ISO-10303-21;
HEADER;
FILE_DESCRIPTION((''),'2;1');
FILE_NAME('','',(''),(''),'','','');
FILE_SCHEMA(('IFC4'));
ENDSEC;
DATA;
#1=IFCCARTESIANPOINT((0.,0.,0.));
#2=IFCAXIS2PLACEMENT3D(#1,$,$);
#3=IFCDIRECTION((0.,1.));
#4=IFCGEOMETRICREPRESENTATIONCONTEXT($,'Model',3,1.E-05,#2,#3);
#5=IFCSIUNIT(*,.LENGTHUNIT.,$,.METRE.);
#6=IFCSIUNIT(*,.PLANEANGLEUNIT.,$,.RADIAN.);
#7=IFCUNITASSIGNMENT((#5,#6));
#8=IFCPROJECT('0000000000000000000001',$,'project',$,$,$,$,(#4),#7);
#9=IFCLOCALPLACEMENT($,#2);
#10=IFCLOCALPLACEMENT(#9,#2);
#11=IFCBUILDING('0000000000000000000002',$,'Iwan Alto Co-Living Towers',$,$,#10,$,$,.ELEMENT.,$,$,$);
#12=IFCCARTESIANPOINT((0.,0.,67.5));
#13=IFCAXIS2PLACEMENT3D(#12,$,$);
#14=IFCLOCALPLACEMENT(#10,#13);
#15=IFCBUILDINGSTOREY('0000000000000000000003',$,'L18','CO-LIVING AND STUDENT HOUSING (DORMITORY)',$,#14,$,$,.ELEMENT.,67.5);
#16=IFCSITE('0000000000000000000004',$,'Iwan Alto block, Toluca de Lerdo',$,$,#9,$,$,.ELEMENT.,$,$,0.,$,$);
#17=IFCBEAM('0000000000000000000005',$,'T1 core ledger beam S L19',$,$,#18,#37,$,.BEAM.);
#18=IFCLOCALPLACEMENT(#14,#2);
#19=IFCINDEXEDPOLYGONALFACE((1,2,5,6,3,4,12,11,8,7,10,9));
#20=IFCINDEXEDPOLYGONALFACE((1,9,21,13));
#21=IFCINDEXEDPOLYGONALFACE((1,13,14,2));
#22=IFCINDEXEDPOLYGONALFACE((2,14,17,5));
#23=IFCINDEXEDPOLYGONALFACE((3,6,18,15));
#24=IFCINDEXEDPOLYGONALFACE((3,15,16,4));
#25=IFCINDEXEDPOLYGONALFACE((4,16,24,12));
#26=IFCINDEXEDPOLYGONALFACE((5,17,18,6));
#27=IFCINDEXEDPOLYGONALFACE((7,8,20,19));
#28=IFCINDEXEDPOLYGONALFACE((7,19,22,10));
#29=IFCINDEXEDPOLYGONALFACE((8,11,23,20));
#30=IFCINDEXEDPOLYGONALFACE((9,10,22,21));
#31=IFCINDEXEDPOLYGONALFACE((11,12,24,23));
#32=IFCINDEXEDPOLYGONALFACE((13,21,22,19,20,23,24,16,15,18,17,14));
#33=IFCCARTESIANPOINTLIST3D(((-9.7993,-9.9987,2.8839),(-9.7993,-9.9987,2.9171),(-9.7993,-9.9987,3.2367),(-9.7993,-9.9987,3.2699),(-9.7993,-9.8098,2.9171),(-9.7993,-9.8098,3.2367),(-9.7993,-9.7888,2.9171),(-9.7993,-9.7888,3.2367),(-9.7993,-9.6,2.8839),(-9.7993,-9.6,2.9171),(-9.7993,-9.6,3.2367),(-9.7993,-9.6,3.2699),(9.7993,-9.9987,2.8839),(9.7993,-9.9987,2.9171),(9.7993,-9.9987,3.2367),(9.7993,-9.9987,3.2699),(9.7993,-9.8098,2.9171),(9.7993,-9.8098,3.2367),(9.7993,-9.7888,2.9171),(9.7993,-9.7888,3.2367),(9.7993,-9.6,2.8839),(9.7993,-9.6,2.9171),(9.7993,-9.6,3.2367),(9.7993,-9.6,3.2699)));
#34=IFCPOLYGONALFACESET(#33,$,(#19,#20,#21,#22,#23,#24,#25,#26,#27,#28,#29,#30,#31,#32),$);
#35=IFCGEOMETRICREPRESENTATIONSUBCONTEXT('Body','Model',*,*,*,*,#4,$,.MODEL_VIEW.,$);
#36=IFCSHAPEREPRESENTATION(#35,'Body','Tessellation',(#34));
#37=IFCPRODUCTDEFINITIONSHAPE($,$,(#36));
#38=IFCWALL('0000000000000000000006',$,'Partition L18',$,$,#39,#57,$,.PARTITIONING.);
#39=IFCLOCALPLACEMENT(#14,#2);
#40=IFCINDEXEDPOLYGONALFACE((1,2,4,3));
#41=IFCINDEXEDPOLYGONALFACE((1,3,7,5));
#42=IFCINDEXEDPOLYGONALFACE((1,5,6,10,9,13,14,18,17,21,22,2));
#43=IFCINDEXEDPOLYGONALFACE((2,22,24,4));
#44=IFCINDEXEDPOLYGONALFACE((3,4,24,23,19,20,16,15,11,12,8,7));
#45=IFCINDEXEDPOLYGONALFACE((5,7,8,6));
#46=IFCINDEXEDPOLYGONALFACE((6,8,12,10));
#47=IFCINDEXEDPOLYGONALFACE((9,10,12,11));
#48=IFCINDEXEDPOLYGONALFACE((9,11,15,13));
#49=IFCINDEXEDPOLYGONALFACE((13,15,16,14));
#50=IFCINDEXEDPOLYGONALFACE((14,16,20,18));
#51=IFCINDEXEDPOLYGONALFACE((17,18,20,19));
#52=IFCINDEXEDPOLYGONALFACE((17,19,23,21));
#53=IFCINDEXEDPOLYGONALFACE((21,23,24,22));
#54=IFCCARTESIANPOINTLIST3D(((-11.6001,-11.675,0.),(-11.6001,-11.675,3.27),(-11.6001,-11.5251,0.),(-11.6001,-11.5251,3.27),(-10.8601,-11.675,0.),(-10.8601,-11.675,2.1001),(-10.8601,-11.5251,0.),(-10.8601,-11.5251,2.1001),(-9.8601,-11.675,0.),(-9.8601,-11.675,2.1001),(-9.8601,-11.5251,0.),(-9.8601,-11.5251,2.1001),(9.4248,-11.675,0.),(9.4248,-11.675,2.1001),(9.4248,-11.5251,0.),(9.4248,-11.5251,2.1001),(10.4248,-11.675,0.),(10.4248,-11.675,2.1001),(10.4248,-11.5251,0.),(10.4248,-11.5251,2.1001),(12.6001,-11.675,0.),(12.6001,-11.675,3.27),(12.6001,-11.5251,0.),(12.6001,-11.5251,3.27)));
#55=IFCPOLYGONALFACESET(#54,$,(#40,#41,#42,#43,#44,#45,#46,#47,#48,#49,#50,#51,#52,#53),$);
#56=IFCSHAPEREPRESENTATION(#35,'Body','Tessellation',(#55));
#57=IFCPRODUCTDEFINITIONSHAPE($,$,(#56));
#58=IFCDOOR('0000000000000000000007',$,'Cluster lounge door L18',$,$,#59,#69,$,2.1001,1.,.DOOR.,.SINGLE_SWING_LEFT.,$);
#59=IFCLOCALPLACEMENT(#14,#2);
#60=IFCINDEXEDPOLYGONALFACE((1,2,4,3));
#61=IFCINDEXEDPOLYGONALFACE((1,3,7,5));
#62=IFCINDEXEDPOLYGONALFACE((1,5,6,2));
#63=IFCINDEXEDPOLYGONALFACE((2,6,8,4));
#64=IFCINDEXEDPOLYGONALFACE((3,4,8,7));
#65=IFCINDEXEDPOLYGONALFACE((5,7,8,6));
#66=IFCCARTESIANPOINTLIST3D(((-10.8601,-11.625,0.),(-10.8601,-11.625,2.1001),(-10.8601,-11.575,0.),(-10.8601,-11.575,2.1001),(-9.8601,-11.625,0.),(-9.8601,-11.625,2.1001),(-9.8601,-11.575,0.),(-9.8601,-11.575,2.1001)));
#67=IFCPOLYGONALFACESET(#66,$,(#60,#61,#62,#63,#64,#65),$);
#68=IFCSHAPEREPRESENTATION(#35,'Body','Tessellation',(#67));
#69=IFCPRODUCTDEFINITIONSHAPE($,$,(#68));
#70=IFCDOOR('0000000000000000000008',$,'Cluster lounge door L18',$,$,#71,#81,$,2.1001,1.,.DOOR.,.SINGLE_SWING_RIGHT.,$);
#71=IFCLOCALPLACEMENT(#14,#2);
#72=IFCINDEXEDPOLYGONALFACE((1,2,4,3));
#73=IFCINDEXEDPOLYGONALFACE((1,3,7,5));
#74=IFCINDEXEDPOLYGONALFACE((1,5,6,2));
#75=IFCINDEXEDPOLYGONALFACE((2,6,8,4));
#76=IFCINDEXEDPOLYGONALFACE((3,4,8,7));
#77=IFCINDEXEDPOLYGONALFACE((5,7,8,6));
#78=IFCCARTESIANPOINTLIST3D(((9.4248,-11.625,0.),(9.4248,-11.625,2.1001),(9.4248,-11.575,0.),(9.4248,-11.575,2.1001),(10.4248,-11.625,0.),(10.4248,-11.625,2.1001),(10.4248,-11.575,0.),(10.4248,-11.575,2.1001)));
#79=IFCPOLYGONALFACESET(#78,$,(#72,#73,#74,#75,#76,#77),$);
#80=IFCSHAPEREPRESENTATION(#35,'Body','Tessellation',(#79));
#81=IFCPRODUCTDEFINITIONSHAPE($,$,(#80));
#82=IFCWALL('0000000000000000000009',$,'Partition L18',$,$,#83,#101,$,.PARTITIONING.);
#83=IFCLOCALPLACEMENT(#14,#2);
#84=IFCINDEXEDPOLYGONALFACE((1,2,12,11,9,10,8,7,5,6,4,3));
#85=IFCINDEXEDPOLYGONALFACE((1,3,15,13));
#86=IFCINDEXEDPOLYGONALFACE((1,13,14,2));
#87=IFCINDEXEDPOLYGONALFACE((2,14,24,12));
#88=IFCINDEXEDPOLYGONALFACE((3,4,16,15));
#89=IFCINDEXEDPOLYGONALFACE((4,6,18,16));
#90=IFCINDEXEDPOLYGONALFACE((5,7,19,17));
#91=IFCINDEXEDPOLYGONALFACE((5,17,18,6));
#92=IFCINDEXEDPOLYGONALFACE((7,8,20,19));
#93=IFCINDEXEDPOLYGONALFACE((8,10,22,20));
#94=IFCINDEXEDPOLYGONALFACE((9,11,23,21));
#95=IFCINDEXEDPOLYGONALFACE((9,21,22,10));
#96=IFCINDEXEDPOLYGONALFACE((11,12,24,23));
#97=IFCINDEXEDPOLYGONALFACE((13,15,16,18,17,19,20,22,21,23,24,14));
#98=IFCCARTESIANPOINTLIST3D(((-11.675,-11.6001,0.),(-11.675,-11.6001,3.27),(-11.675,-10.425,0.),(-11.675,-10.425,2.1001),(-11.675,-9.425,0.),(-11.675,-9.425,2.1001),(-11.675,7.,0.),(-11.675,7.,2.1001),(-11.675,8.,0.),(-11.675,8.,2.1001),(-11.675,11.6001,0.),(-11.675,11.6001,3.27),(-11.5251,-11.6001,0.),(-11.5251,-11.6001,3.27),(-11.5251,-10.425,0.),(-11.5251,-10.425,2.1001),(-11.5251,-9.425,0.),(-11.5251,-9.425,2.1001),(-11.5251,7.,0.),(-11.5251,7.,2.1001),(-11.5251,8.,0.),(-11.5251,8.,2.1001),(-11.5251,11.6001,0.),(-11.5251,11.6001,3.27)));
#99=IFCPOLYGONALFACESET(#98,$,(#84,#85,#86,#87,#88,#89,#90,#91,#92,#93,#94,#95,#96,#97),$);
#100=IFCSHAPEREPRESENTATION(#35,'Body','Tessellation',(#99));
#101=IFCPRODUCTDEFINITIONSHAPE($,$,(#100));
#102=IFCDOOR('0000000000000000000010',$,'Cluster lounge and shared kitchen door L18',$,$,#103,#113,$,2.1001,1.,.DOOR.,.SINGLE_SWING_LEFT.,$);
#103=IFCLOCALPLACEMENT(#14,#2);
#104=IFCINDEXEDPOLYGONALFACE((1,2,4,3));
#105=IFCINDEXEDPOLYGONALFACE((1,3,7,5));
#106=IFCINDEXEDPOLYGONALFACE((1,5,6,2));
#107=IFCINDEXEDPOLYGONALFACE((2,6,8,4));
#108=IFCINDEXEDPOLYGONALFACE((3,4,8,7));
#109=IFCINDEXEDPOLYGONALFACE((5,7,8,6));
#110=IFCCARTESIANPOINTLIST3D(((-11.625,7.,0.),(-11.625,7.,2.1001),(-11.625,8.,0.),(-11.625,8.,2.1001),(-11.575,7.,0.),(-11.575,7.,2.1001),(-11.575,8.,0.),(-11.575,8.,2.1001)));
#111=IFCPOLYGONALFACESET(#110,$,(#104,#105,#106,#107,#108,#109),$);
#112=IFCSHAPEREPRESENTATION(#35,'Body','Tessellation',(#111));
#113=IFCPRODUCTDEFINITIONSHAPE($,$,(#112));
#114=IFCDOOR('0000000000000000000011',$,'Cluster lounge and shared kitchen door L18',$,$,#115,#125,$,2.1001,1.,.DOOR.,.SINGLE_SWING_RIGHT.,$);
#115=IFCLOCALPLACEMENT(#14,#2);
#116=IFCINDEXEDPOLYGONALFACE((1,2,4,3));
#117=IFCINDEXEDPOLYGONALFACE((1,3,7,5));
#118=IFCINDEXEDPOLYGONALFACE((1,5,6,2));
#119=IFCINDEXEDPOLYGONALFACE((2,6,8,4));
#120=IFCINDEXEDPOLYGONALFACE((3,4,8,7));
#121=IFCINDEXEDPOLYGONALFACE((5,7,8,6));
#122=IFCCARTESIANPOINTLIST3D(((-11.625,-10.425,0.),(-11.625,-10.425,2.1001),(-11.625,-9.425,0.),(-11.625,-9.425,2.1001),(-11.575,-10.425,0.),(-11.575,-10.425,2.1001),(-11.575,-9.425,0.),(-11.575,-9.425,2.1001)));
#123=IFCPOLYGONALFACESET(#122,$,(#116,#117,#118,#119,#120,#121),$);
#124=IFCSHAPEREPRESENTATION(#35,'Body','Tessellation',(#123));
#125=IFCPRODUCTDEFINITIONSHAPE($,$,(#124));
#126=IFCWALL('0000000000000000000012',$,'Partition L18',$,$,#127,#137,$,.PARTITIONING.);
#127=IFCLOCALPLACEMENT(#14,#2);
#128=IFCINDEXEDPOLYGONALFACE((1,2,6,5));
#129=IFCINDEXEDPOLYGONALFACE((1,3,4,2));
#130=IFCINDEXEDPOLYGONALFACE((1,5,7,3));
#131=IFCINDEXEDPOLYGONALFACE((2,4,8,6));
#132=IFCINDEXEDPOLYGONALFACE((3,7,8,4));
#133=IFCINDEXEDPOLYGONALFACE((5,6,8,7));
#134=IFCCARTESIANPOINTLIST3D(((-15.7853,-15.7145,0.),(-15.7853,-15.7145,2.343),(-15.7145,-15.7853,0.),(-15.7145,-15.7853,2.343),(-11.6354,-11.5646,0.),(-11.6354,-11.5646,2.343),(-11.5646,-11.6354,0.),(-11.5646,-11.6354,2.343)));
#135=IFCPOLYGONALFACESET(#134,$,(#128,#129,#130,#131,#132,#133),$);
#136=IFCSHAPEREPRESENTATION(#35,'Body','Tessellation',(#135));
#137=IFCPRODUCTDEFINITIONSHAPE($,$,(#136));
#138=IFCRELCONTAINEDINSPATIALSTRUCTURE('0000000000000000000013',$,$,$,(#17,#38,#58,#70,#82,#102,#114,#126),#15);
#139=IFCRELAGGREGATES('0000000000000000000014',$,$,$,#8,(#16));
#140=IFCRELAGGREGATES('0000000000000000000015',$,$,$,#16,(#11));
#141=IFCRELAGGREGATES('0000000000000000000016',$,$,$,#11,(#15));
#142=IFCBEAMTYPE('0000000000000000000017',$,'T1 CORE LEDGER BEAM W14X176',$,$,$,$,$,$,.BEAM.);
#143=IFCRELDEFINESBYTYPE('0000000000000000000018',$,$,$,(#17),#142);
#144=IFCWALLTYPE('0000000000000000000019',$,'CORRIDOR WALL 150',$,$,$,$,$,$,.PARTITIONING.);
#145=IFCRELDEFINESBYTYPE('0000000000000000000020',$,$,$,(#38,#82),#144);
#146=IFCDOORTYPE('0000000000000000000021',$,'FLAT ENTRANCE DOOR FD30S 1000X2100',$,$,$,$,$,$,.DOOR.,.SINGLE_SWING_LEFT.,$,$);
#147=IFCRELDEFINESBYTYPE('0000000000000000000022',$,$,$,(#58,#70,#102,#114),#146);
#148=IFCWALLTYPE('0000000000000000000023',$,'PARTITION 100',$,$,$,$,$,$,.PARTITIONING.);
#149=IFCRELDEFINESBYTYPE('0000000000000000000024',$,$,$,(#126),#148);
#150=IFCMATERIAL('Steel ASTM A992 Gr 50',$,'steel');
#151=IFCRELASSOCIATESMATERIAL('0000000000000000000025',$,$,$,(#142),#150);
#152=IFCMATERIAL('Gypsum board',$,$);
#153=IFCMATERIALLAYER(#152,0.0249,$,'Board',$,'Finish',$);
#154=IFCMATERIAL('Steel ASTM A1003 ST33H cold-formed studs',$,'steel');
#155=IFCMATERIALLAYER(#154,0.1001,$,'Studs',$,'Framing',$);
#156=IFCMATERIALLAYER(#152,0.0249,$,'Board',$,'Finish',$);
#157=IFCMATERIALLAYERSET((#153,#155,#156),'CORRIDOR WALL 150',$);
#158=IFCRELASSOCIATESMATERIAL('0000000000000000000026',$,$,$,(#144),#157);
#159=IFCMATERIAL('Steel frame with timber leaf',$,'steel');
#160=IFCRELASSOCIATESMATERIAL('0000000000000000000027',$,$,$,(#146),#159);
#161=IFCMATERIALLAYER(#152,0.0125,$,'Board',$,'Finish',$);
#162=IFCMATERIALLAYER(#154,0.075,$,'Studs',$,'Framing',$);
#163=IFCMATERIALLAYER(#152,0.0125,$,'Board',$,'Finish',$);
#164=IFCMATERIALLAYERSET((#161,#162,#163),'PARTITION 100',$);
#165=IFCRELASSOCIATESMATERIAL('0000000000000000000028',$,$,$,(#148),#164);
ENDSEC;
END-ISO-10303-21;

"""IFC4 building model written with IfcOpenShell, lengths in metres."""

from ifc_helpers import new_model, si_unit, direction, frame, frame_2d, origin, origin_2d, place, context, subcontext, project, spatial, rectangle, i_section, extrude, material, layer, layer_set, material_profile, profile_set, type_object, element, fill, save


model = new_model("IFC4")

# Units and contexts
model_context = context("Model", 3, precision=1e-05, world=origin(), true_north=direction((0.0, 1.0)))
body_context = subcontext(model_context, "Body", "Model", "MODEL_VIEW")
ifc_project = project(units=[si_unit("LENGTHUNIT", "METRE"), si_unit("PLANEANGLEUNIT", "RADIAN")], contexts=[model_context])

# Site, building, storey
site_placement = place(None, origin())
site = spatial("IfcSite", under=ifc_project, at=site_placement, Name="Iwan Alto block, Toluca de Lerdo", CompositionType="ELEMENT", RefElevation=0.0)
building_placement = place(site_placement, origin())
building = spatial("IfcBuilding", under=site, at=building_placement, Name="Iwan Alto Co-Living Towers", CompositionType="ELEMENT")
storey_placement = place(building_placement, frame((0.0, 0.0, 67.5)))
storey = spatial("IfcBuildingStorey", under=building, at=storey_placement, Name="L18", Description="CO-LIVING AND STUDENT HOUSING (DORMITORY)", CompositionType="ELEMENT", Elevation=67.5)

# Beam
ifc_material_1 = material(Name="Steel ASTM A992 Gr 50", Category="steel")
ifc_material_profile = material_profile(ifc_material_1, i_section(OverallWidth=0.3987, OverallDepth=0.386, WebThickness=0.021, FlangeThickness=0.0332, at=origin_2d()), Name="W14X176")
ifc_profile_set = profile_set([ifc_material_profile], Name="Steel ASTM A992 Gr 50")
beam_type = type_object("IfcBeamType", Name="T1 CORE LEDGER BEAM W14X176", PredefinedType="BEAM", material=ifc_profile_set)
beam_placement = place(storey_placement, frame((-9.7993, -9.7993, 3.0769), z_axis=(1.0, 0.0, 0.0), x_axis=(0.0, 1.0, 0.0)))
element("IfcBeam", 1, at=beam_placement, inside=storey, type_object=beam_type, Name="T1 core ledger beam S L19", PredefinedType="BEAM", context=body_context, shape_type="SweptSolid", body=[
    extrude(i_section(OverallWidth=0.3987, OverallDepth=0.386, WebThickness=0.021, FlangeThickness=0.0332, at=origin_2d()), origin(), (0.0, 0.0, 1.0), 19.5986),
])

# Walls, openings, doors
ifc_material_2 = material(Name="Gypsum board")
ifc_layer_1 = layer(ifc_material_2, 0.0249, Name="Board", Category="Finish")
ifc_material_3 = material(Name="Steel ASTM A1003 ST33H cold-formed studs", Category="steel")
ifc_layer_2 = layer(ifc_material_3, 0.1001, Name="Studs", Category="Framing")
ifc_layer_3 = layer(ifc_material_2, 0.0249, Name="Board", Category="Finish")
ifc_layer_set_1 = layer_set([ifc_layer_1, ifc_layer_2, ifc_layer_3], Name="CORRIDOR WALL 150")
wall_type_1 = type_object("IfcWallType", Name="CORRIDOR WALL 150", PredefinedType="PARTITIONING", material=ifc_layer_set_1)
wall_1_placement = place(storey_placement, frame((-11.6001, -11.6001, 0.0), z_axis=(0.0, 0.0, 1.0), x_axis=(1.0, 0.0, 0.0)))
wall_1 = element("IfcWall", 2, at=wall_1_placement, inside=storey, type_object=wall_type_1, Name="Partition L18", PredefinedType="PARTITIONING", context=body_context, shape_type="SweptSolid", body=[
    extrude(rectangle(XDim=24.2002, YDim=0.1499, at=frame_2d((12.1001, 0.0))), origin(), (0.0, 0.0, 1.0), 3.27),
])
opening_1_placement = place(wall_1_placement, frame((0.74, 0.0, 0.0)))
opening_1 = element("IfcOpeningElement", 3, at=opening_1_placement, cuts=wall_1, PredefinedType="OPENING", context=body_context, shape_type="SweptSolid", body=[
    extrude(rectangle(XDim=1.0, YDim=2.1001, at=frame_2d((0.5, 1.05))), frame((0.0, 0.085, 0.0), z_axis=(0.0, -1.0, 0.0), x_axis=(1.0, 0.0, 0.0)), (0.0, 0.0, 1.0), 0.1699),
])
opening_2_placement = place(wall_1_placement, frame((21.0249, 0.0, 0.0)))
opening_2 = element("IfcOpeningElement", 4, at=opening_2_placement, cuts=wall_1, PredefinedType="OPENING", context=body_context, shape_type="SweptSolid", body=[
    extrude(rectangle(XDim=1.0, YDim=2.1001, at=frame_2d((0.5, 1.05))), frame((0.0, 0.085, 0.0), z_axis=(0.0, -1.0, 0.0), x_axis=(1.0, 0.0, 0.0)), (0.0, 0.0, 1.0), 0.1699),
])
ifc_material_4 = material(Name="Steel frame with timber leaf", Category="steel")
door_type_1 = type_object("IfcDoorType", Name="FLAT ENTRANCE DOOR FD30S 1000X2100", OperationType="SINGLE_SWING_LEFT", PredefinedType="DOOR", material=ifc_material_4)
door_1_placement = place(opening_1_placement, frame((1.0, 0.0, 0.0), z_axis=(0.0, 0.0, 1.0), x_axis=(-1.0, 0.0, 0.0)))
door_1 = element("IfcDoor", 5, at=door_1_placement, inside=storey, type_object=door_type_1, Name="Cluster lounge door L18", OperationType="SINGLE_SWING_LEFT", OverallHeight=2.1001, OverallWidth=1.0, PredefinedType="DOOR", context=body_context, shape_type="SweptSolid", body=[
    extrude(rectangle(XDim=1.0, YDim=2.1001, at=frame_2d((0.5, 1.05))), frame((0.0, 0.0249, 0.0), z_axis=(0.0, -1.0, 0.0), x_axis=(1.0, 0.0, 0.0)), (0.0, 0.0, 1.0), 0.05),
])
fill(opening_1, door_1)
door_2_placement = place(opening_2_placement, frame((1.0, 0.0, 0.0), z_axis=(0.0, 0.0, 1.0), x_axis=(-1.0, 0.0, 0.0)))
door_2 = element("IfcDoor", 6, at=door_2_placement, inside=storey, type_object=door_type_1, Name="Cluster lounge door L18", OperationType="SINGLE_SWING_RIGHT", OverallHeight=2.1001, OverallWidth=1.0, PredefinedType="DOOR", context=body_context, shape_type="SweptSolid", body=[
    extrude(rectangle(XDim=1.0, YDim=2.1001, at=frame_2d((0.5, 1.05))), frame((0.0, 0.0249, 0.0), z_axis=(0.0, -1.0, 0.0), x_axis=(1.0, 0.0, 0.0)), (0.0, 0.0, 1.0), 0.05),
])
fill(opening_2, door_2)
wall_2_placement = place(storey_placement, frame((-11.6001, -11.6001, 0.0), z_axis=(0.0, 0.0, 1.0), x_axis=(0.0, 1.0, 0.0)))
wall_2 = element("IfcWall", 7, at=wall_2_placement, inside=storey, type_object=wall_type_1, Name="Partition L18", PredefinedType="PARTITIONING", context=body_context, shape_type="SweptSolid", body=[
    extrude(rectangle(XDim=23.2002, YDim=0.1499, at=frame_2d((11.6001, 0.0))), origin(), (0.0, 0.0, 1.0), 3.27),
])
opening_3_placement = place(wall_2_placement, frame((18.6001, 0.0, 0.0)))
opening_3 = element("IfcOpeningElement", 8, at=opening_3_placement, cuts=wall_2, PredefinedType="OPENING", context=body_context, shape_type="SweptSolid", body=[
    extrude(rectangle(XDim=1.0, YDim=2.1001, at=frame_2d((0.5, 1.05))), frame((0.0, 0.085, 0.0), z_axis=(0.0, -1.0, 0.0), x_axis=(1.0, 0.0, 0.0)), (0.0, 0.0, 1.0), 0.1699),
])
opening_4_placement = place(wall_2_placement, frame((1.175, 0.0, 0.0)))
opening_4 = element("IfcOpeningElement", 9, at=opening_4_placement, cuts=wall_2, PredefinedType="OPENING", context=body_context, shape_type="SweptSolid", body=[
    extrude(rectangle(XDim=1.0, YDim=2.1001, at=frame_2d((0.5, 1.05))), frame((0.0, 0.085, 0.0), z_axis=(0.0, -1.0, 0.0), x_axis=(1.0, 0.0, 0.0)), (0.0, 0.0, 1.0), 0.1699),
])
door_3_placement = place(opening_3_placement, origin())
door_3 = element("IfcDoor", 10, at=door_3_placement, inside=storey, type_object=door_type_1, Name="Cluster lounge and shared kitchen door L18", OperationType="SINGLE_SWING_LEFT", OverallHeight=2.1001, OverallWidth=1.0, PredefinedType="DOOR", context=body_context, shape_type="SweptSolid", body=[
    extrude(rectangle(XDim=1.0, YDim=2.1001, at=frame_2d((0.5, 1.05))), frame((0.0, 0.0249, 0.0), z_axis=(0.0, -1.0, 0.0), x_axis=(1.0, 0.0, 0.0)), (0.0, 0.0, 1.0), 0.05),
])
fill(opening_3, door_3)
door_4_placement = place(opening_4_placement, origin())
door_4 = element("IfcDoor", 11, at=door_4_placement, inside=storey, type_object=door_type_1, Name="Cluster lounge and shared kitchen door L18", OperationType="SINGLE_SWING_RIGHT", OverallHeight=2.1001, OverallWidth=1.0, PredefinedType="DOOR", context=body_context, shape_type="SweptSolid", body=[
    extrude(rectangle(XDim=1.0, YDim=2.1001, at=frame_2d((0.5, 1.05))), frame((0.0, 0.0249, 0.0), z_axis=(0.0, -1.0, 0.0), x_axis=(1.0, 0.0, 0.0)), (0.0, 0.0, 1.0), 0.05),
])
fill(opening_4, door_4)

# Wall
ifc_layer_4 = layer(ifc_material_2, 0.0125, Name="Board", Category="Finish")
ifc_layer_5 = layer(ifc_material_3, 0.075, Name="Studs", Category="Framing")
ifc_layer_6 = layer(ifc_material_2, 0.0125, Name="Board", Category="Finish")
ifc_layer_set_2 = layer_set([ifc_layer_4, ifc_layer_5, ifc_layer_6], Name="PARTITION 100")
wall_type_2 = type_object("IfcWallType", Name="PARTITION 100", PredefinedType="PARTITIONING", material=ifc_layer_set_2)
wall_3_placement = place(storey_placement, frame((-15.75, -15.75, 0.0), z_axis=(0.0, 0.0, 1.0), x_axis=(0.707107, 0.707107, 0.0)))
element("IfcWall", 12, at=wall_3_placement, inside=storey, type_object=wall_type_2, Name="Partition L18", PredefinedType="PARTITIONING", context=body_context, shape_type="SweptSolid", body=[
    extrude(rectangle(XDim=5.8689, YDim=0.1001, at=frame_2d((2.9346, 0.0))), origin(), (0.0, 0.0, 1.0), 2.343),
])

save(model, "model.ifc")
